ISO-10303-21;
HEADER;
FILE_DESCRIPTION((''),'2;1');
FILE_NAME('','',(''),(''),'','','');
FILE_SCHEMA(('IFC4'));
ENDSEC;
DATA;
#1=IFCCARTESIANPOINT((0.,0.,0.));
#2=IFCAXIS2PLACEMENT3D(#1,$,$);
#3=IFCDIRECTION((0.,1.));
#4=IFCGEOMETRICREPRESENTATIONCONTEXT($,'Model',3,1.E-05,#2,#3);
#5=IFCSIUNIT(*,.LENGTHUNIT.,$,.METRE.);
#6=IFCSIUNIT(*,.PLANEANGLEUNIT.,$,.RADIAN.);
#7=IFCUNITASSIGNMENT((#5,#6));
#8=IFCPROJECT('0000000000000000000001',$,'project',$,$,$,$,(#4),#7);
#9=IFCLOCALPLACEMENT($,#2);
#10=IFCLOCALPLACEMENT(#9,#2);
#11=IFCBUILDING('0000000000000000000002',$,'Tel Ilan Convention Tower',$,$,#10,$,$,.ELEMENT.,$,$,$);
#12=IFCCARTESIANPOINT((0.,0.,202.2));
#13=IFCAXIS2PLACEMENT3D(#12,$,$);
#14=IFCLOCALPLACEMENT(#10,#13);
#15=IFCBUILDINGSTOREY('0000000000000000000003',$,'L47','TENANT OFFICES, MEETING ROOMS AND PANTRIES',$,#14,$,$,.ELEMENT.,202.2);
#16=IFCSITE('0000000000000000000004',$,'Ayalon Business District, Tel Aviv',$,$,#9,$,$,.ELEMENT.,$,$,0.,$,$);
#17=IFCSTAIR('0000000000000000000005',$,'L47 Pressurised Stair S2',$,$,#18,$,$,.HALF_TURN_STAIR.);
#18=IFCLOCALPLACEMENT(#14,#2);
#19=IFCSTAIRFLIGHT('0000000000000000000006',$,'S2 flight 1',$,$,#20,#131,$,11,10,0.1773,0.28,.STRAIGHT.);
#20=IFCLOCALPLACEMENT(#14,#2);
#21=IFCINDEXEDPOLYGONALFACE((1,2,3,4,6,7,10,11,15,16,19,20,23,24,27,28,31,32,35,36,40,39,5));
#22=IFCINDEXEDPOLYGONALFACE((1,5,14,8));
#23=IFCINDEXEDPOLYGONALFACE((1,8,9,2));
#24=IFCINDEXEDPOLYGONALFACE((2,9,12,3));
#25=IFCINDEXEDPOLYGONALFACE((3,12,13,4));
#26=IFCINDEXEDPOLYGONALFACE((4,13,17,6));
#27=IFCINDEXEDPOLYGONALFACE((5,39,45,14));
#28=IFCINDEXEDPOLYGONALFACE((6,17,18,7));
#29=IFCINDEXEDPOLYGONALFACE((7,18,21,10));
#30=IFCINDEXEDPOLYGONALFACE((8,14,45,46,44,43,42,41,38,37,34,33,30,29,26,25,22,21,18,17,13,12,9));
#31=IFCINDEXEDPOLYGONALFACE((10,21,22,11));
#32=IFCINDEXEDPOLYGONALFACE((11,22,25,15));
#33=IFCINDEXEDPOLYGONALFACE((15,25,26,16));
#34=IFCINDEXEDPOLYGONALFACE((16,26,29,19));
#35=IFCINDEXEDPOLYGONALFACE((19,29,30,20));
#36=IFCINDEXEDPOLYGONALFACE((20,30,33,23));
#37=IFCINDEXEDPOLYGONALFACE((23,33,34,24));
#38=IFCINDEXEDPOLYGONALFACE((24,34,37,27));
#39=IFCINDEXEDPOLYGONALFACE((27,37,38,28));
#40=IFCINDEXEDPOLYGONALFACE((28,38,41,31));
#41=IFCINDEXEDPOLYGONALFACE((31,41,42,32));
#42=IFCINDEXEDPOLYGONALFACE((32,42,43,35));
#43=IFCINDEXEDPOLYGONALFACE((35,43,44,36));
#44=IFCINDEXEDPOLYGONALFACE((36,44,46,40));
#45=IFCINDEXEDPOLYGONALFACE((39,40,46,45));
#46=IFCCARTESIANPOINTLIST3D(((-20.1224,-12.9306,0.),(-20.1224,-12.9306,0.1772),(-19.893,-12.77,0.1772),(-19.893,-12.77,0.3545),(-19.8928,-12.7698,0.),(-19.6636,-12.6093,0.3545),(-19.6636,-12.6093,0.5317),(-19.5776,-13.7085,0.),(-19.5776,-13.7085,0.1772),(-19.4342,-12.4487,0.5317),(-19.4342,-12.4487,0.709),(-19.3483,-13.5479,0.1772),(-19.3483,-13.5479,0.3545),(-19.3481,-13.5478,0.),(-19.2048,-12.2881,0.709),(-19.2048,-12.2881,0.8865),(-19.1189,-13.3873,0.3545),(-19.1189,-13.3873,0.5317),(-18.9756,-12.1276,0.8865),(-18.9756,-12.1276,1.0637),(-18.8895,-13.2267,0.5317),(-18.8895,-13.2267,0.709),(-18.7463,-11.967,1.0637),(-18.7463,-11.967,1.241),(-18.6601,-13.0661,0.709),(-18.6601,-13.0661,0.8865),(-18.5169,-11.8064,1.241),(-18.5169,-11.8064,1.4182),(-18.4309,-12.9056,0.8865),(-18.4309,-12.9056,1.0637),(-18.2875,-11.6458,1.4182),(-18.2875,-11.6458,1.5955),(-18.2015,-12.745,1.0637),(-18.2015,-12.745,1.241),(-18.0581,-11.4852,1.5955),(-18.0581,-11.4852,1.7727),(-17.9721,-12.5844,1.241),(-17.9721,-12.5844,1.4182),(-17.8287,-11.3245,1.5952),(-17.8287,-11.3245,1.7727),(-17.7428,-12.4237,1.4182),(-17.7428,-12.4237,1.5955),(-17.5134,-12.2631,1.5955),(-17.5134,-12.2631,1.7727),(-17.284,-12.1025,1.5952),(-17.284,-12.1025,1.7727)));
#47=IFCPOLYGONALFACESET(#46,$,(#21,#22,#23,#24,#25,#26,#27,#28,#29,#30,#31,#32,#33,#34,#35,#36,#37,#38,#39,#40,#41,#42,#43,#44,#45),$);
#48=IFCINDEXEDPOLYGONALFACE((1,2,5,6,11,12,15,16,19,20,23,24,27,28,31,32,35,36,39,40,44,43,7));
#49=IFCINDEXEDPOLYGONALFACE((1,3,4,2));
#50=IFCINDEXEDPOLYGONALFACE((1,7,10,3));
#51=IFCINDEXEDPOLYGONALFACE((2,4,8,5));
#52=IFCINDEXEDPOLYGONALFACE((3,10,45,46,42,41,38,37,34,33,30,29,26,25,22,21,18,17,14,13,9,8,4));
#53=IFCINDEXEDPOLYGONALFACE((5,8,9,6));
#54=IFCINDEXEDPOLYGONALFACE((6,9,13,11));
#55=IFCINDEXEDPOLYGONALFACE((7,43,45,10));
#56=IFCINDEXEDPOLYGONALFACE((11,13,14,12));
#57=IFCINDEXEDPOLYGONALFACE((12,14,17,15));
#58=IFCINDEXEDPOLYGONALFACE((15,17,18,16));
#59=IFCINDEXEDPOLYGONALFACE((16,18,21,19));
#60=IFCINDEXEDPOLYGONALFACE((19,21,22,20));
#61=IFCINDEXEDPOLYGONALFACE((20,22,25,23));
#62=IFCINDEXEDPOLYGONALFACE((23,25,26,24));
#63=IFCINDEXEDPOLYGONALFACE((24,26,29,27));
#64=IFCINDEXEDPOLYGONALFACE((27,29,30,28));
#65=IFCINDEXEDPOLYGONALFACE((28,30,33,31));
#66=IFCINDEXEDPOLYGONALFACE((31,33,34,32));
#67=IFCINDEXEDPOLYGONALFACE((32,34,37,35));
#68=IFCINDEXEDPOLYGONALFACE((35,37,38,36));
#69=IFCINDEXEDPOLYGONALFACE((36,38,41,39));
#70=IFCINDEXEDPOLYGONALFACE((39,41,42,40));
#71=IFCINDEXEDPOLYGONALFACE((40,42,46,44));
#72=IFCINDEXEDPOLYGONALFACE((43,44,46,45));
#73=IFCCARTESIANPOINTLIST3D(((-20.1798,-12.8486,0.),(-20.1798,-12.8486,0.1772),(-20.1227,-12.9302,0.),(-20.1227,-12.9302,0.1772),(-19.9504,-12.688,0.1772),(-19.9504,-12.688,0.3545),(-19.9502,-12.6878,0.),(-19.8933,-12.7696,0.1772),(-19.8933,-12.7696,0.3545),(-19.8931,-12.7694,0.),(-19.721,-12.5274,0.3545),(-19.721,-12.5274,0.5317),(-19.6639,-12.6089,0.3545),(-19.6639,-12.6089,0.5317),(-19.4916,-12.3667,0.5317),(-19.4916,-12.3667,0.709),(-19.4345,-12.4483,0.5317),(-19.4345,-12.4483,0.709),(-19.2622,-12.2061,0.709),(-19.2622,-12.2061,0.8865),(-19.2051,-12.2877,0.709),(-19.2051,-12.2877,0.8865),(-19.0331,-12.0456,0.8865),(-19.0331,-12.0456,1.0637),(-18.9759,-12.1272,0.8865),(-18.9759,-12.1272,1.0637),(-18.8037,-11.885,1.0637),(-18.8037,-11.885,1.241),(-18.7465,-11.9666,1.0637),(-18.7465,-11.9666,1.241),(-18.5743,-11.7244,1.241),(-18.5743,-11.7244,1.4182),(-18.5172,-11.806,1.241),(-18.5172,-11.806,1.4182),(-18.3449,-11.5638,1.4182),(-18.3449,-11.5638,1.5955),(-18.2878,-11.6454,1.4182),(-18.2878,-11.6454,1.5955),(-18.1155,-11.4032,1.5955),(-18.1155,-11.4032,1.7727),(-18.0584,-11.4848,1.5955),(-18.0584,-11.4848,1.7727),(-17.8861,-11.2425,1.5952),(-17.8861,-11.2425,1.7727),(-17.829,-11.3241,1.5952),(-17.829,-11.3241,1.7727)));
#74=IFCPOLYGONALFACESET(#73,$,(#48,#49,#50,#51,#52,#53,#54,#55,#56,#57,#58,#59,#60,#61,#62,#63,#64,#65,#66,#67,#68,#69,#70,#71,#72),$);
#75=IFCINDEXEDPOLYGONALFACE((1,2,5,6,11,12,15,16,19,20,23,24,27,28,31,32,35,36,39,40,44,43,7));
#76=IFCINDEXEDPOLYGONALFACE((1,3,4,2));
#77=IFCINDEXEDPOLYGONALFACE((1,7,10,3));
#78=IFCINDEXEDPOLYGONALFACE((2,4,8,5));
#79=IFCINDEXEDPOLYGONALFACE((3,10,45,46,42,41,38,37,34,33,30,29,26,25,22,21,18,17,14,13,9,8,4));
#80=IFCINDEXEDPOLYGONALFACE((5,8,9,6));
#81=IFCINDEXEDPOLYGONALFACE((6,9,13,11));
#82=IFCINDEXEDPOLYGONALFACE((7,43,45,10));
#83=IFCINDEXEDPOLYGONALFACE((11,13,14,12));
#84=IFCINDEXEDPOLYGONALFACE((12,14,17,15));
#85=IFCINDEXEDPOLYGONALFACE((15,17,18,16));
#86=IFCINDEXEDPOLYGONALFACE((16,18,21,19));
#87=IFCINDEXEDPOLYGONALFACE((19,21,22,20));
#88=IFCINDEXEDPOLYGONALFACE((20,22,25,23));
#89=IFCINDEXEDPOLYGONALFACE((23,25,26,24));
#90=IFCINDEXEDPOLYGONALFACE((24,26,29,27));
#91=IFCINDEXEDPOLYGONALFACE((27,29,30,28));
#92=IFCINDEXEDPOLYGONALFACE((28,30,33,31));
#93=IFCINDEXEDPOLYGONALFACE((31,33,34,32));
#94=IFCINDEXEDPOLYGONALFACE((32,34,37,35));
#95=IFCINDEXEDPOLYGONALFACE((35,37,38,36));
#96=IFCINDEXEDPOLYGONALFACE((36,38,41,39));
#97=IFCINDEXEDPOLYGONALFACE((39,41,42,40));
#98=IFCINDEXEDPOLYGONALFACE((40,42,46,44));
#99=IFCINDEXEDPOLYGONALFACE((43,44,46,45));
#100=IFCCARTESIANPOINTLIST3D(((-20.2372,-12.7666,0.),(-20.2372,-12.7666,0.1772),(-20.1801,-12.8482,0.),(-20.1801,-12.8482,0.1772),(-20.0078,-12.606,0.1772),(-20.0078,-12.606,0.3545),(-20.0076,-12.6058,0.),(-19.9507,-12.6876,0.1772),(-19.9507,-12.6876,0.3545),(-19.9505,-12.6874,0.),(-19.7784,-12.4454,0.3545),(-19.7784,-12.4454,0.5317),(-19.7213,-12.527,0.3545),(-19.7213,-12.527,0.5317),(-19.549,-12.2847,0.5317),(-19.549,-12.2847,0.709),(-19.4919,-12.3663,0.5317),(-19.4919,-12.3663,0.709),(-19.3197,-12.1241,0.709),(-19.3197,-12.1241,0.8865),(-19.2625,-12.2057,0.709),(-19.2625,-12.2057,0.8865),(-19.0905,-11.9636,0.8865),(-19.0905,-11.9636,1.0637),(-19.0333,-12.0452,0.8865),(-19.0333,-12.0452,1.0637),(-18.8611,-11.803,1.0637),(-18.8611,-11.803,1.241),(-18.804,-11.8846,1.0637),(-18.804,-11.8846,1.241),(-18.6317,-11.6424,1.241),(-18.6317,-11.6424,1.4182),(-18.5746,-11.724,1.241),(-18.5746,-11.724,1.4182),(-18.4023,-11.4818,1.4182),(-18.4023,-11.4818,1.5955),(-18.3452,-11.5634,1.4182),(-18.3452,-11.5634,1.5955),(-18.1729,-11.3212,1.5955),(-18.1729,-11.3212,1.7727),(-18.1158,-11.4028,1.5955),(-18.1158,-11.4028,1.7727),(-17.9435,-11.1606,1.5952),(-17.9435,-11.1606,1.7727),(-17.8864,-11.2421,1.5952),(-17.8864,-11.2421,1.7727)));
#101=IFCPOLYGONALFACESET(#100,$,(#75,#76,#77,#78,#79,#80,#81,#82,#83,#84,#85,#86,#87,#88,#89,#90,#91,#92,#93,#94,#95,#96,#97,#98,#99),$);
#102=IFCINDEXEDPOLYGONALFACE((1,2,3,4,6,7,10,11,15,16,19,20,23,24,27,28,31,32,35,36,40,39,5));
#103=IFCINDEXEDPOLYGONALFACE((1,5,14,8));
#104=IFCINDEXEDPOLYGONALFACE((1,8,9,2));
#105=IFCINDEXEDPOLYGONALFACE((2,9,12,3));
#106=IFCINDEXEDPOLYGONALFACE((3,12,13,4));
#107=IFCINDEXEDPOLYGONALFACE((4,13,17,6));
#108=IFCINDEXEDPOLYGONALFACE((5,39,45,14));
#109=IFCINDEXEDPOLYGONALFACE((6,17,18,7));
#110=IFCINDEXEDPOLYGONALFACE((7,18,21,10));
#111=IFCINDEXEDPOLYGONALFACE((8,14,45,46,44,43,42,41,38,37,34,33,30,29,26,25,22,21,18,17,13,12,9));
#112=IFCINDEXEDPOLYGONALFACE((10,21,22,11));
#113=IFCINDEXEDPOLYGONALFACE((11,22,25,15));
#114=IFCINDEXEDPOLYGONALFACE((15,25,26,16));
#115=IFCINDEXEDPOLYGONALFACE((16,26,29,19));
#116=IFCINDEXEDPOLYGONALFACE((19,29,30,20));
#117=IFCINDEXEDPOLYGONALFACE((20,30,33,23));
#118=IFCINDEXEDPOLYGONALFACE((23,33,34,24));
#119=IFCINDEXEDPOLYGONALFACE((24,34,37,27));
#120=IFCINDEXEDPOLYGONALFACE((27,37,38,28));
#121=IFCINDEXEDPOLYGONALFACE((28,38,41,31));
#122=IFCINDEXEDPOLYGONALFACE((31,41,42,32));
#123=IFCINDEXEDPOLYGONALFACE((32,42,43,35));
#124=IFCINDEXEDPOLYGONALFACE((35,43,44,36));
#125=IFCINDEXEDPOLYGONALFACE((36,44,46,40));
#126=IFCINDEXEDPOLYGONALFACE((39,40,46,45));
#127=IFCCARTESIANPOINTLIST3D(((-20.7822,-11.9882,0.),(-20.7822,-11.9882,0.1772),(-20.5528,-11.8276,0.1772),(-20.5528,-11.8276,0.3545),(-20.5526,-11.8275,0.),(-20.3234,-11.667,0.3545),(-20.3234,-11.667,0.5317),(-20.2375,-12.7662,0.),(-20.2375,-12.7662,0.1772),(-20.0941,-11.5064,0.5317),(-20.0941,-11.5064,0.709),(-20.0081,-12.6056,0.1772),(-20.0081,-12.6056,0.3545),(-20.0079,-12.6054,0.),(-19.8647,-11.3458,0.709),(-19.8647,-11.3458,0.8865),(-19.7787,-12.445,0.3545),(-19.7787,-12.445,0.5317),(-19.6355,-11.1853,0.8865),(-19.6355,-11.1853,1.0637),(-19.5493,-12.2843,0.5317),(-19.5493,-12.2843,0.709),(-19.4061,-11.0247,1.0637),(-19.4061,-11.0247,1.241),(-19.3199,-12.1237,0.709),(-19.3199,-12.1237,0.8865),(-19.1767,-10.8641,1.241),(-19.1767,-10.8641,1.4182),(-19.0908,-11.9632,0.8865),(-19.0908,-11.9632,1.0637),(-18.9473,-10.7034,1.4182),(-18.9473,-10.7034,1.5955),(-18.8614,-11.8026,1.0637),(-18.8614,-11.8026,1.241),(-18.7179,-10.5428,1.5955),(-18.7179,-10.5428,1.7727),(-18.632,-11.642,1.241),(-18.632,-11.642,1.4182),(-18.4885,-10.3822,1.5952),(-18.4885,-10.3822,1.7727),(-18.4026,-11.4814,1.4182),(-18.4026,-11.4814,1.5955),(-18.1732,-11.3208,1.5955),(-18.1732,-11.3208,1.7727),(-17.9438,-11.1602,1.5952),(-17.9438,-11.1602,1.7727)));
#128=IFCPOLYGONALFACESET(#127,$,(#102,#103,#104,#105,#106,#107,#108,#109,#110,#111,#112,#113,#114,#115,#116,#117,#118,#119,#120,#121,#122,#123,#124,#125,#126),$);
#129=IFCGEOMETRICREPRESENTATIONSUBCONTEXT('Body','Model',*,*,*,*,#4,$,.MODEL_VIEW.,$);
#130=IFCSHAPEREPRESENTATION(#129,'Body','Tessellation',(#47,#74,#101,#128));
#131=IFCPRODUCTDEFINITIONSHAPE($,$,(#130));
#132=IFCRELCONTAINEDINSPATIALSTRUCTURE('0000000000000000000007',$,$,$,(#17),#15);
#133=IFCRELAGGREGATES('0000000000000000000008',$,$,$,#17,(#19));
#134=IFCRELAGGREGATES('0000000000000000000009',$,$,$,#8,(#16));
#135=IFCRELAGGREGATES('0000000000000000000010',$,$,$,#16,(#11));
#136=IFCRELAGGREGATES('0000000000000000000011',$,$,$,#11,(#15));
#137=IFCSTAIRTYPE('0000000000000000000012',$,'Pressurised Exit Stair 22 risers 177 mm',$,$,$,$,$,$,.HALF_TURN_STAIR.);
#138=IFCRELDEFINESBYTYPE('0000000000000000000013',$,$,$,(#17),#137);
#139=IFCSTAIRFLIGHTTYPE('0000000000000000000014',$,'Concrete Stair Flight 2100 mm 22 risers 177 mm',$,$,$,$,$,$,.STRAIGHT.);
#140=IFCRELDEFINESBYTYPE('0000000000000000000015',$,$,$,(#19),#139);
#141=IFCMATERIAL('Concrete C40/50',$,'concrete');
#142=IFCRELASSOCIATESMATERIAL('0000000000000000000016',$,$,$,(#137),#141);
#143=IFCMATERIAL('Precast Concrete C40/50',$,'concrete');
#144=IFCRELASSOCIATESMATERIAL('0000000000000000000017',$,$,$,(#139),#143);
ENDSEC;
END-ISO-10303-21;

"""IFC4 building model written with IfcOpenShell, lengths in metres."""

from ifc_helpers import new_model, si_unit, direction, frame, origin, place, context, subcontext, project, spatial, polyline, outline, extrude, material, type_object, element, aggregate, save


model = new_model("IFC4")

# Units and contexts
model_context = context("Model", 3, precision=1e-05, world=origin(), true_north=direction((0.0, 1.0)))
body_context = subcontext(model_context, "Body", "Model", "MODEL_VIEW")
ifc_project = project(units=[si_unit("LENGTHUNIT", "METRE"), si_unit("PLANEANGLEUNIT", "RADIAN")], contexts=[model_context])

# Site, building, storey
site_placement = place(None, origin())
site = spatial("IfcSite", under=ifc_project, at=site_placement, Name="Ayalon Business District, Tel Aviv", CompositionType="ELEMENT", RefElevation=0.0)
building_placement = place(site_placement, origin())
building = spatial("IfcBuilding", under=site, at=building_placement, Name="Tel Ilan Convention Tower", CompositionType="ELEMENT")
storey_placement = place(building_placement, frame((0.0, 0.0, 202.2)))
storey = spatial("IfcBuildingStorey", under=building, at=storey_placement, Name="L47", Description="TENANT OFFICES, MEETING ROOMS AND PANTRIES", CompositionType="ELEMENT", Elevation=202.2)

# Stair, stair flight
ifc_material_1 = material(Name="Concrete C40/50", Category="concrete")
stair_type = type_object("IfcStairType", Name="Pressurised Exit Stair 22 risers 177 mm", PredefinedType="HALF_TURN_STAIR", material=ifc_material_1)
ifc_material_2 = material(Name="Precast Concrete C40/50", Category="concrete")
stair_flight_type = type_object("IfcStairFlightType", Name="Concrete Stair Flight 2100 mm 22 risers 177 mm", PredefinedType="STRAIGHT", material=ifc_material_2)
stair_1_placement = place(storey_placement, origin())
stair_1 = element("IfcStair", 1, at=stair_1_placement, inside=storey, type_object=stair_type, Name="L47 Pressurised Stair S2", PredefinedType="HALF_TURN_STAIR")
stair_flight_1_placement = place(storey_placement, frame((-20.1799, -12.8484, 0.0), z_axis=(0.0, 0.0, 1.0), x_axis=(0.819152, 0.573576, 0.0)))
stair_flight_1 = element("IfcStairFlight", 2, at=stair_flight_1_placement, type_object=stair_flight_type, Name="S2 flight 1", NumberOfRisers=11, NumberOfTreads=10, PredefinedType="STRAIGHT", RiserHeight=0.1773, TreadLength=0.28, context=body_context, shape_type="SweptSolid", body=[
    extrude(outline(polyline([(0.0, 0.0), (0.0, 0.1772), (0.28, 0.1772), (0.28, 0.3545), (0.5601, 0.3545), (0.5601, 0.5317), (0.8401, 0.5317), (0.8401, 0.709), (1.1201, 0.709), (1.1201, 0.8865), (1.3999, 0.8865), (1.3999, 1.0637), (1.6799, 1.0637), (1.6799, 1.241), (1.96, 1.241), (1.96, 1.4182), (2.24, 1.4182), (2.24, 1.5955), (2.52, 1.5955), (2.52, 1.7727), (2.8, 1.7727), (2.8, 1.95), (2.8, 1.5952), (0.2803, 0.0), (0.0, 0.0)])), frame((0.0, -0.1003, 0.0), z_axis=(0.0, -1.0, 0.0), x_axis=(1.0, 0.0, 0.0)), (0.0, 0.0, 1.0), 0.9497),
    extrude(outline(polyline([(0.0, 0.0), (0.0, 0.1772), (0.28, 0.1772), (0.28, 0.3545), (0.5601, 0.3545), (0.5601, 0.5317), (0.8401, 0.5317), (0.8401, 0.709), (1.1201, 0.709), (1.1201, 0.8865), (1.3999, 0.8865), (1.3999, 1.0637), (1.6799, 1.0637), (1.6799, 1.241), (1.96, 1.241), (1.96, 1.4182), (2.24, 1.4182), (2.24, 1.5955), (2.52, 1.5955), (2.52, 1.7727), (2.8, 1.7727), (2.8, 1.95), (2.8, 1.5952), (0.2803, 0.0), (0.0, 0.0)])), frame((0.0, -0.0002, 0.0), z_axis=(0.0, -1.0, 0.0), x_axis=(1.0, 0.0, 0.0)), (0.0, 0.0, 1.0), 0.0996),
    extrude(outline(polyline([(0.0, 0.0), (0.0, 0.1772), (0.28, 0.1772), (0.28, 0.3545), (0.5601, 0.3545), (0.5601, 0.5317), (0.8401, 0.5317), (0.8401, 0.709), (1.1201, 0.709), (1.1201, 0.8865), (1.3999, 0.8865), (1.3999, 1.0637), (1.6799, 1.0637), (1.6799, 1.241), (1.96, 1.241), (1.96, 1.4182), (2.24, 1.4182), (2.24, 1.5955), (2.52, 1.5955), (2.52, 1.7727), (2.8, 1.7727), (2.8, 1.95), (2.8, 1.5952), (0.2803, 0.0), (0.0, 0.0)])), frame((0.0, 0.0999, 0.0), z_axis=(0.0, -1.0, 0.0), x_axis=(1.0, 0.0, 0.0)), (0.0, 0.0, 1.0), 0.0996),
    extrude(outline(polyline([(0.0, 0.0), (0.0, 0.1772), (0.28, 0.1772), (0.28, 0.3545), (0.5601, 0.3545), (0.5601, 0.5317), (0.8401, 0.5317), (0.8401, 0.709), (1.1201, 0.709), (1.1201, 0.8865), (1.3999, 0.8865), (1.3999, 1.0637), (1.6799, 1.0637), (1.6799, 1.241), (1.96, 1.241), (1.96, 1.4182), (2.24, 1.4182), (2.24, 1.5955), (2.52, 1.5955), (2.52, 1.7727), (2.8, 1.7727), (2.8, 1.95), (2.8, 1.5952), (0.2803, 0.0), (0.0, 0.0)])), frame((0.0, 1.05, 0.0), z_axis=(0.0, -1.0, 0.0), x_axis=(1.0, 0.0, 0.0)), (0.0, 0.0, 1.0), 0.9497),
])
aggregate(stair_1, [stair_flight_1])

save(model, "model.ifc")
